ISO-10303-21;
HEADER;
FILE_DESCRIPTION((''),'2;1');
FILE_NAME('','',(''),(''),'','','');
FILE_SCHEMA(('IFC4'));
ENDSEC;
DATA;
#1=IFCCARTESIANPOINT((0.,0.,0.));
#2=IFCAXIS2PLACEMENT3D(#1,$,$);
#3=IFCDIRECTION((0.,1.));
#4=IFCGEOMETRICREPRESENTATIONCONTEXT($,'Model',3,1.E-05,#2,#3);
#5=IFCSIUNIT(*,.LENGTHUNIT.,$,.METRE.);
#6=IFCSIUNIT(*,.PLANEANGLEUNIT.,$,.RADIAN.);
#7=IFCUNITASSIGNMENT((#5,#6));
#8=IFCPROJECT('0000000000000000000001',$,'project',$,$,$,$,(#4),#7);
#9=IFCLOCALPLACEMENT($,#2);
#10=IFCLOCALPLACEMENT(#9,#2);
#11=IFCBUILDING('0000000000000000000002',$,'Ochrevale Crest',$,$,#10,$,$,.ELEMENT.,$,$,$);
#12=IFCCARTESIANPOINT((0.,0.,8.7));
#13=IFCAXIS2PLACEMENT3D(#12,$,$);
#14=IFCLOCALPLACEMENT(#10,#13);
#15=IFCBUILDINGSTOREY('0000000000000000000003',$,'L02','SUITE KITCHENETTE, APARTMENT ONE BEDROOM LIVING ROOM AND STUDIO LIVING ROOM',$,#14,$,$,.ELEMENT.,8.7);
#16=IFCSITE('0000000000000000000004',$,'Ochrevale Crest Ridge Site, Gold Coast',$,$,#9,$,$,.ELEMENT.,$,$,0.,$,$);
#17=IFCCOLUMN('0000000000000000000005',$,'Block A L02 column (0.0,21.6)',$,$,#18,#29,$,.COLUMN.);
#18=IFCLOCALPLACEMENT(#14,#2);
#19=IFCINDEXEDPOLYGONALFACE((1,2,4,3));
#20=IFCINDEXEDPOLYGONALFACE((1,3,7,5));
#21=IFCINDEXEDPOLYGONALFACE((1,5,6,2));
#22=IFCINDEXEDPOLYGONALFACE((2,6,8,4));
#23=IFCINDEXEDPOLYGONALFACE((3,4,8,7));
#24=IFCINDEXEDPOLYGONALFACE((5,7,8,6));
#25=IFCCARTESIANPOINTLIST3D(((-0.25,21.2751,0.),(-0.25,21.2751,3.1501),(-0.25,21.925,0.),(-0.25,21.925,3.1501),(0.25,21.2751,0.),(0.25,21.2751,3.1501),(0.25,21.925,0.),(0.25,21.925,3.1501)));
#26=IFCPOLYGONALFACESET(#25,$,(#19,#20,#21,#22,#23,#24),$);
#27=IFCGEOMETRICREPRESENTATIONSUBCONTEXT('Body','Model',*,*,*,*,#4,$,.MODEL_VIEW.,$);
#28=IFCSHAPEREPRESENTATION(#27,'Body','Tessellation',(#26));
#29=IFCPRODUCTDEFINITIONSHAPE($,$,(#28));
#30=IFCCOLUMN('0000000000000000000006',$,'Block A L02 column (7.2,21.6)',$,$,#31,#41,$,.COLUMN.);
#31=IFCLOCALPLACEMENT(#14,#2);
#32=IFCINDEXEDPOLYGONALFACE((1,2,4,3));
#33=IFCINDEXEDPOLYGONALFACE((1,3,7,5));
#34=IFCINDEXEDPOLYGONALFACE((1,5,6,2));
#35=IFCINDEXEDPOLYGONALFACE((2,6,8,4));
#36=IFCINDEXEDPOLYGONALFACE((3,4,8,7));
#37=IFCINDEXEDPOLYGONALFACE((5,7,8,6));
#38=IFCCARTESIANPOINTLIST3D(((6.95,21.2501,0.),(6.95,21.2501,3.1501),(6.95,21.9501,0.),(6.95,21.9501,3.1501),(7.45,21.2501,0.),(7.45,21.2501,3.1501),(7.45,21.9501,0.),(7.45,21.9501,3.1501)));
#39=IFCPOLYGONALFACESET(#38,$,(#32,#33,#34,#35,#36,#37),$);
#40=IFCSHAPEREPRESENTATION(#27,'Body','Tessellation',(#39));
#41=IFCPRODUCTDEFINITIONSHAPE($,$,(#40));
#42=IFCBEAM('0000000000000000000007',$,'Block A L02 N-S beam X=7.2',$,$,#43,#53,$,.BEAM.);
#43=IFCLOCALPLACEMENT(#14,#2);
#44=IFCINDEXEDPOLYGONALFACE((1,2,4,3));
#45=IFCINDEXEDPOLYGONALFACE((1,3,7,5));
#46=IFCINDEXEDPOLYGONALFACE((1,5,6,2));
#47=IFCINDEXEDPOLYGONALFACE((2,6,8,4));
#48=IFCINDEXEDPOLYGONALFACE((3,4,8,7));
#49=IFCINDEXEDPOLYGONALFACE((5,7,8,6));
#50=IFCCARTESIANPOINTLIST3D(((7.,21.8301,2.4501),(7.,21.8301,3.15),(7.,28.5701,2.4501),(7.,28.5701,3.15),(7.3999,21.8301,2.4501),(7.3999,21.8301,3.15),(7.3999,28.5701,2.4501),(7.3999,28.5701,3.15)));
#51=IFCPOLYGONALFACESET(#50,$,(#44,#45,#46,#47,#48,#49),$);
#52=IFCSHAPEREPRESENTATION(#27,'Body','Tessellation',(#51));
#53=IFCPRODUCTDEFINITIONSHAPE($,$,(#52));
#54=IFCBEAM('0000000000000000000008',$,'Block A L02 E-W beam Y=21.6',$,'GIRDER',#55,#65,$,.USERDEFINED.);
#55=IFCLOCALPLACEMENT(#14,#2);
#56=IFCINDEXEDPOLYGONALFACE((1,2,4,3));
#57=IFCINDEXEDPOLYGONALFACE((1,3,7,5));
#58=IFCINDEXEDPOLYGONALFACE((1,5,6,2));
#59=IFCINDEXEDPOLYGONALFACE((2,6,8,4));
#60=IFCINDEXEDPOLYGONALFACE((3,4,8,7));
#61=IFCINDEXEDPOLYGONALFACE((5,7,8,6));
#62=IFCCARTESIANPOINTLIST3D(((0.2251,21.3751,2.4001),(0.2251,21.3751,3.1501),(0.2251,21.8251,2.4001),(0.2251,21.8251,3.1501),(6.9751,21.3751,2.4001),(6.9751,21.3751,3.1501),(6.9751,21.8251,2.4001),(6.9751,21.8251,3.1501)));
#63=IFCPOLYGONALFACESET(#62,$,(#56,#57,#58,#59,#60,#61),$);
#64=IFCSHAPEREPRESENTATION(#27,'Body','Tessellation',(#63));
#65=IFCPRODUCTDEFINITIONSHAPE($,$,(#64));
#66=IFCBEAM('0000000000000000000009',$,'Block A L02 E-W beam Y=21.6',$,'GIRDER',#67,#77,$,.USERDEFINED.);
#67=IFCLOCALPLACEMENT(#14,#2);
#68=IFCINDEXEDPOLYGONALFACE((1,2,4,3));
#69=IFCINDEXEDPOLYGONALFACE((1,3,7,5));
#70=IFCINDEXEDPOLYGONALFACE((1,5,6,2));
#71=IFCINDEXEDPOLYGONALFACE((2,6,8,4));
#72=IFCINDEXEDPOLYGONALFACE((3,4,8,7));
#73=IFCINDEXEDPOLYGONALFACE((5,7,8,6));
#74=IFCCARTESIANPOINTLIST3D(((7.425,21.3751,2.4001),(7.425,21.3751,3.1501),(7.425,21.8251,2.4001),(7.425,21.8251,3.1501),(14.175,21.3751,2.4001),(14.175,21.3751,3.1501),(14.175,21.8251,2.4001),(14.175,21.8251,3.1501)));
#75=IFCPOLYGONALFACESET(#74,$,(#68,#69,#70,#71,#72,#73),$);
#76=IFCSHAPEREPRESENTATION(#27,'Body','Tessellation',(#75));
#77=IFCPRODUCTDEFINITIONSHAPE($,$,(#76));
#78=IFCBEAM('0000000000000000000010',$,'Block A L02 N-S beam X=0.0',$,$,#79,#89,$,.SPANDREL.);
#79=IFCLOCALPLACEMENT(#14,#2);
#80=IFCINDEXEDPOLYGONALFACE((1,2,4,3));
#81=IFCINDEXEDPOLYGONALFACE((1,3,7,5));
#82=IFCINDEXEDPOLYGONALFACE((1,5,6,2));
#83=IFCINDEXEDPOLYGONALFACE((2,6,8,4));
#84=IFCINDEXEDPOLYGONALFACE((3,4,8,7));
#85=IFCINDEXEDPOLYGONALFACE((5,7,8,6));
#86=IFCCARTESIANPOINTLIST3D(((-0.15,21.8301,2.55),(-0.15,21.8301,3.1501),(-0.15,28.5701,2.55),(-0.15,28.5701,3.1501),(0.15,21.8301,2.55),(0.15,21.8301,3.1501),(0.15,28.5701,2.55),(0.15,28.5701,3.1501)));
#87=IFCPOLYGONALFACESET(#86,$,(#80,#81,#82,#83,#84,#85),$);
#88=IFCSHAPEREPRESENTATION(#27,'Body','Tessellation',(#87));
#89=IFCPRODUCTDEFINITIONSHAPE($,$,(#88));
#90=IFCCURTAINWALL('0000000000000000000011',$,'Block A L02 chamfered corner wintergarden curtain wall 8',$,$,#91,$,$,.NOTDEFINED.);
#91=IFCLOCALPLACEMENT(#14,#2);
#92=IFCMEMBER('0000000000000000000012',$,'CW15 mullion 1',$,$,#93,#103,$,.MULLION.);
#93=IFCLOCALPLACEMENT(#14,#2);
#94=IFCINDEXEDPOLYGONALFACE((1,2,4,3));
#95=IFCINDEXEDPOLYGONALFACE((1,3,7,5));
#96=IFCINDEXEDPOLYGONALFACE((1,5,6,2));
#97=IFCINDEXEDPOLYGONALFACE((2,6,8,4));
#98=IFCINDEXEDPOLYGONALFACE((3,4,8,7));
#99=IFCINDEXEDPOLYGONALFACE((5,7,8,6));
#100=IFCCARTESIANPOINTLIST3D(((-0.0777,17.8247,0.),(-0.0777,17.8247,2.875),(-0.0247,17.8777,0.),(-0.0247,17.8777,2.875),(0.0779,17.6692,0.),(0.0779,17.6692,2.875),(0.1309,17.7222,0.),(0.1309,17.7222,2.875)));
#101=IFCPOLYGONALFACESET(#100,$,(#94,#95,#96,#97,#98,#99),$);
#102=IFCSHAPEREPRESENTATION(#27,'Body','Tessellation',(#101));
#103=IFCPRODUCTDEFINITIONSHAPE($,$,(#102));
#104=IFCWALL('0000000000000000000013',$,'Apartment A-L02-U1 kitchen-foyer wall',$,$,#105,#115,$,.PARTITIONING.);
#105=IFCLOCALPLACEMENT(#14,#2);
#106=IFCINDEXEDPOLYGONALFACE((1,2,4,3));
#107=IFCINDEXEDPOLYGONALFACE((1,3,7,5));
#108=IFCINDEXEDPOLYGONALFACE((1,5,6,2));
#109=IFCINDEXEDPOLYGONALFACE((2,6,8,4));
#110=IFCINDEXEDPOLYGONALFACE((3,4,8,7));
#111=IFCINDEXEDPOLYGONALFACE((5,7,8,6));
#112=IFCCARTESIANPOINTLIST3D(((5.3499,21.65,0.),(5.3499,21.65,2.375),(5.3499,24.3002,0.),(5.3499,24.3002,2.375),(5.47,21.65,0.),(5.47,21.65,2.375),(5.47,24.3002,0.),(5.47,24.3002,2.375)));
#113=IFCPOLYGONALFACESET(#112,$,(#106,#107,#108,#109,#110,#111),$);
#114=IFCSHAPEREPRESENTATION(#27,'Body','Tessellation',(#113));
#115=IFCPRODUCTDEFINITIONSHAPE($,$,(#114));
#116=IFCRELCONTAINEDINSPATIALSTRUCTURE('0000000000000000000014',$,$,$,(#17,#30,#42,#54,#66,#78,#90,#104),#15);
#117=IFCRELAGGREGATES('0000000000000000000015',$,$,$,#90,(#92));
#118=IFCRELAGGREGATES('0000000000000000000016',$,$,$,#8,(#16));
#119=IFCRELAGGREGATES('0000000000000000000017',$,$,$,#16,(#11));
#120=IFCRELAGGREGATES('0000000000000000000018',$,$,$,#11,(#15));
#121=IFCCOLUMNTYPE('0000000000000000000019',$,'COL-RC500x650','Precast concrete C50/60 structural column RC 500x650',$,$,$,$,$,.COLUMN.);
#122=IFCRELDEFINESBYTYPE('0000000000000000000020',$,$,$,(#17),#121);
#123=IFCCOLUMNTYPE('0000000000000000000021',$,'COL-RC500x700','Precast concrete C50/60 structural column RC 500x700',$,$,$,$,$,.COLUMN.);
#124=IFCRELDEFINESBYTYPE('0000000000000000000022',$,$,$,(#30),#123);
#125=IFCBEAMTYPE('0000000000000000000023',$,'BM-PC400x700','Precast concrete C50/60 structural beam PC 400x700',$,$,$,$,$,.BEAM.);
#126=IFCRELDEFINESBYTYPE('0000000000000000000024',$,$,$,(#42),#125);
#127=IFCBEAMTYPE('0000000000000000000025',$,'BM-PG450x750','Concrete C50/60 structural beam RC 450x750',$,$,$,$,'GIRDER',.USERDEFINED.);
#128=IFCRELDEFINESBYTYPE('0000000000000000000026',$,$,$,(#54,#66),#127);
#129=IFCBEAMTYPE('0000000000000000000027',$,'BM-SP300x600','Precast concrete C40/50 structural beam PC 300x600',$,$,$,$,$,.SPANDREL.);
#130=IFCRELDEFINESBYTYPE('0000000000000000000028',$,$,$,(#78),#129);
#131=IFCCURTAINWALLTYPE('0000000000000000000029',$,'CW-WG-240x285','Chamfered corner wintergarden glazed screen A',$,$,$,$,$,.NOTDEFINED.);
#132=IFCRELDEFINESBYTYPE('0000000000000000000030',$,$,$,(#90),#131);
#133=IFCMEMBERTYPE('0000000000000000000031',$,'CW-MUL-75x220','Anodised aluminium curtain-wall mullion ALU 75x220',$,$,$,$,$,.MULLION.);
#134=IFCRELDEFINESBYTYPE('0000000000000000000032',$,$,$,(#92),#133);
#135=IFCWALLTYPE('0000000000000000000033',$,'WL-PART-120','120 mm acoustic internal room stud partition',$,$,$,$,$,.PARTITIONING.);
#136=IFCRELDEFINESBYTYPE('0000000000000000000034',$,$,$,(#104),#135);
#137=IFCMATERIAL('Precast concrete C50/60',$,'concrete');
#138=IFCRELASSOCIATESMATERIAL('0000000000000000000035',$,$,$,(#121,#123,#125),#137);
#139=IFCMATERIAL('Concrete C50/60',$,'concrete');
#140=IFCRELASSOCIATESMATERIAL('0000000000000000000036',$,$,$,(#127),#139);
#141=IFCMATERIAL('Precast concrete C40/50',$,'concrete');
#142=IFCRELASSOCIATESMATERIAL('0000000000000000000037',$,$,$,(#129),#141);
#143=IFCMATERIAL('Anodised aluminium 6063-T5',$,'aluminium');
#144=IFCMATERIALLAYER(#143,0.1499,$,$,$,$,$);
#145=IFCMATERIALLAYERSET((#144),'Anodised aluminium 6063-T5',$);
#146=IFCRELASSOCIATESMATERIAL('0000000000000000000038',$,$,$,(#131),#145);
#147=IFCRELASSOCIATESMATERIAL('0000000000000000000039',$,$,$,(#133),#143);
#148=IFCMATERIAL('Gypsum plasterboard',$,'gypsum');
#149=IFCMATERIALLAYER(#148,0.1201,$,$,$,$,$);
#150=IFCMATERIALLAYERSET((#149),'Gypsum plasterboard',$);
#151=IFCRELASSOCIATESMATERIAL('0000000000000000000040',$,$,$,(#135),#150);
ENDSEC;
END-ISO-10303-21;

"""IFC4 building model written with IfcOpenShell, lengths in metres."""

from ifc_helpers import new_model, si_unit, direction, frame, frame_2d, origin, origin_2d, place, context, subcontext, project, spatial, rectangle, extrude, material, layer, layer_set, material_profile, profile_set, type_object, element, aggregate, save


model = new_model("IFC4")

# Units and contexts
model_context = context("Model", 3, precision=1e-05, world=origin(), true_north=direction((0.0, 1.0)))
body_context = subcontext(model_context, "Body", "Model", "MODEL_VIEW")
ifc_project = project(units=[si_unit("LENGTHUNIT", "METRE"), si_unit("PLANEANGLEUNIT", "RADIAN")], contexts=[model_context])

# Site, building, storey
site_placement = place(None, origin())
site = spatial("IfcSite", under=ifc_project, at=site_placement, Name="Ochrevale Crest Ridge Site, Gold Coast", CompositionType="ELEMENT", RefElevation=0.0)
building_placement = place(site_placement, origin())
building = spatial("IfcBuilding", under=site, at=building_placement, Name="Ochrevale Crest", CompositionType="ELEMENT")
storey_placement = place(building_placement, frame((0.0, 0.0, 8.7)))
storey = spatial("IfcBuildingStorey", under=building, at=storey_placement, Name="L02", Description="SUITE KITCHENETTE, APARTMENT ONE BEDROOM LIVING ROOM AND STUDIO LIVING ROOM", CompositionType="ELEMENT", Elevation=8.7)

# Columns
ifc_material_1 = material(Name="Precast concrete C50/60", Category="concrete")
ifc_material_profile_1 = material_profile(ifc_material_1, rectangle(XDim=0.5, YDim=0.6499, at=origin_2d()), Name="RC 500x650")
ifc_profile_set_1 = profile_set([ifc_material_profile_1], Name="Precast concrete C50/60")
column_type_1 = type_object("IfcColumnType", Name="COL-RC500x650", Description="Precast concrete C50/60 structural column RC 500x650", PredefinedType="COLUMN", material=ifc_profile_set_1)
column_1_placement = place(storey_placement, frame((0.0, 21.6001, 0.0), z_axis=(0.0, 0.0, 1.0), x_axis=(1.0, 0.0, 0.0)))
element("IfcColumn", 1, at=column_1_placement, inside=storey, type_object=column_type_1, Name="Block A L02 column (0.0,21.6)", PredefinedType="COLUMN", context=body_context, shape_type="SweptSolid", body=[
    extrude(rectangle(XDim=0.5, YDim=0.6499, at=origin_2d()), origin(), (0.0, 0.0, 1.0), 3.1501),
])
ifc_material_profile_2 = material_profile(ifc_material_1, rectangle(XDim=0.5, YDim=0.7, at=origin_2d()), Name="RC 500x700")
ifc_profile_set_2 = profile_set([ifc_material_profile_2], Name="Precast concrete C50/60")
column_type_2 = type_object("IfcColumnType", Name="COL-RC500x700", Description="Precast concrete C50/60 structural column RC 500x700", PredefinedType="COLUMN", material=ifc_profile_set_2)
column_2_placement = place(storey_placement, frame((7.2, 21.6001, 0.0), z_axis=(0.0, 0.0, 1.0), x_axis=(1.0, 0.0, 0.0)))
element("IfcColumn", 2, at=column_2_placement, inside=storey, type_object=column_type_2, Name="Block A L02 column (7.2,21.6)", PredefinedType="COLUMN", context=body_context, shape_type="SweptSolid", body=[
    extrude(rectangle(XDim=0.5, YDim=0.7, at=origin_2d()), origin(), (0.0, 0.0, 1.0), 3.1501),
])

# Beams
ifc_material_profile_3 = material_profile(ifc_material_1, rectangle(XDim=0.3999, YDim=0.7, at=origin_2d()), Name="PC 400x700")
ifc_profile_set_3 = profile_set([ifc_material_profile_3], Name="Precast concrete C50/60")
beam_type_1 = type_object("IfcBeamType", Name="BM-PC400x700", Description="Precast concrete C50/60 structural beam PC 400x700", PredefinedType="BEAM", material=ifc_profile_set_3)
beam_1_placement = place(storey_placement, frame((7.2, 21.8301, 2.8), z_axis=(0.0, 1.0, 0.0), x_axis=(-1.0, 0.0, 0.0)))
element("IfcBeam", 3, at=beam_1_placement, inside=storey, type_object=beam_type_1, Name="Block A L02 N-S beam X=7.2", PredefinedType="BEAM", context=body_context, shape_type="SweptSolid", body=[
    extrude(rectangle(XDim=0.3999, YDim=0.7, at=origin_2d()), origin(), (0.0, 0.0, 1.0), 6.74),
])
ifc_material_2 = material(Name="Concrete C50/60", Category="concrete")
ifc_material_profile_4 = material_profile(ifc_material_2, rectangle(XDim=0.45, YDim=0.75, at=origin_2d()), Name="RC 450x750")
ifc_profile_set_4 = profile_set([ifc_material_profile_4], Name="Concrete C50/60")
beam_type_2 = type_object("IfcBeamType", Name="BM-PG450x750", Description="Concrete C50/60 structural beam RC 450x750", ElementType="GIRDER", PredefinedType="USERDEFINED", material=ifc_profile_set_4)
for number, where, z_axis, x_axis, name in (
    (4, (0.2251, 21.6001, 2.7751), (1.0, 0.0, 0.0), (0.0, 1.0, 0.0), "Block A L02 E-W beam Y=21.6"),
    (5, (7.425, 21.6001, 2.7751), (1.0, 0.0, 0.0), (0.0, 1.0, 0.0), "Block A L02 E-W beam Y=21.6"),
):
    element("IfcBeam", number, at=place(storey_placement, frame(where, z_axis=z_axis, x_axis=x_axis)), inside=storey, type_object=beam_type_2, Name=name, ObjectType="GIRDER", PredefinedType="USERDEFINED", context=body_context, shape_type="SweptSolid", body=[
        extrude(rectangle(XDim=0.45, YDim=0.75, at=origin_2d()), origin(), (0.0, 0.0, 1.0), 6.75),
    ])
ifc_material_3 = material(Name="Precast concrete C40/50", Category="concrete")
ifc_material_profile_5 = material_profile(ifc_material_3, rectangle(XDim=0.3, YDim=0.6001, at=origin_2d()), Name="PC 300x600")
ifc_profile_set_5 = profile_set([ifc_material_profile_5], Name="Precast concrete C40/50")
beam_type_3 = type_object("IfcBeamType", Name="BM-SP300x600", Description="Precast concrete C40/50 structural beam PC 300x600", PredefinedType="SPANDREL", material=ifc_profile_set_5)
beam_2_placement = place(storey_placement, frame((0.0, 21.8301, 2.8501), z_axis=(0.0, 1.0, 0.0), x_axis=(-1.0, 0.0, 0.0)))
element("IfcBeam", 6, at=beam_2_placement, inside=storey, type_object=beam_type_3, Name="Block A L02 N-S beam X=0.0", PredefinedType="SPANDREL", context=body_context, shape_type="SweptSolid", body=[
    extrude(rectangle(XDim=0.3, YDim=0.6001, at=origin_2d()), origin(), (0.0, 0.0, 1.0), 6.74),
])

# Curtain wall, member
ifc_material_4 = material(Name="Anodised aluminium 6063-T5", Category="aluminium")
ifc_layer_1 = layer(ifc_material_4, 0.1499)
ifc_layer_set_1 = layer_set([ifc_layer_1], Name="Anodised aluminium 6063-T5")
curtain_wall_type = type_object("IfcCurtainWallType", Name="CW-WG-240x285", Description="Chamfered corner wintergarden glazed screen A", PredefinedType="NOTDEFINED", material=ifc_layer_set_1)
curtain_wall_placement = place(storey_placement, origin())
curtain_wall = element("IfcCurtainWall", 7, at=curtain_wall_placement, inside=storey, type_object=curtain_wall_type, Name="Block A L02 chamfered corner wintergarden curtain wall 8", PredefinedType="NOTDEFINED")
ifc_material_profile_6 = material_profile(ifc_material_4, rectangle(XDim=0.075, YDim=0.22, at=origin_2d()), Name="ALU 75x220")
ifc_profile_set_6 = profile_set([ifc_material_profile_6], Name="Anodised aluminium 6063-T5")
member_type = type_object("IfcMemberType", Name="CW-MUL-75x220", Description="Anodised aluminium curtain-wall mullion ALU 75x220", PredefinedType="MULLION", material=ifc_profile_set_6)
member_placement = place(storey_placement, frame((0.0266, 17.7734, 0.0), z_axis=(0.0, 0.0, 1.0), x_axis=(0.707107, 0.707107, 0.0)))
member = element("IfcMember", 8, at=member_placement, type_object=member_type, Name="CW15 mullion 1", PredefinedType="MULLION", context=body_context, shape_type="SweptSolid", body=[
    extrude(rectangle(XDim=0.075, YDim=0.22, at=origin_2d()), origin(), (0.0, 0.0, 1.0), 2.875),
])
aggregate(curtain_wall, [member])

# Wall
ifc_material_5 = material(Name="Gypsum plasterboard", Category="gypsum")
ifc_layer_2 = layer(ifc_material_5, 0.1201)
ifc_layer_set_2 = layer_set([ifc_layer_2], Name="Gypsum plasterboard")
wall_type_1 = type_object("IfcWallType", Name="WL-PART-120", Description="120 mm acoustic internal room stud partition", PredefinedType="PARTITIONING", material=ifc_layer_set_2)
wall_1_placement = place(storey_placement, frame((5.4099, 21.6499, 0.0), z_axis=(0.0, 0.0, 1.0), x_axis=(0.0, 1.0, 0.0)))
element("IfcWall", 9, at=wall_1_placement, inside=storey, type_object=wall_type_1, Name="Apartment A-L02-U1 kitchen-foyer wall", PredefinedType="PARTITIONING", context=body_context, shape_type="SweptSolid", body=[
    extrude(rectangle(XDim=2.6501, YDim=0.1201, at=frame_2d((1.3252, 0.0))), origin(), (0.0, 0.0, 1.0), 2.375),
])

save(model, "model.ifc")
